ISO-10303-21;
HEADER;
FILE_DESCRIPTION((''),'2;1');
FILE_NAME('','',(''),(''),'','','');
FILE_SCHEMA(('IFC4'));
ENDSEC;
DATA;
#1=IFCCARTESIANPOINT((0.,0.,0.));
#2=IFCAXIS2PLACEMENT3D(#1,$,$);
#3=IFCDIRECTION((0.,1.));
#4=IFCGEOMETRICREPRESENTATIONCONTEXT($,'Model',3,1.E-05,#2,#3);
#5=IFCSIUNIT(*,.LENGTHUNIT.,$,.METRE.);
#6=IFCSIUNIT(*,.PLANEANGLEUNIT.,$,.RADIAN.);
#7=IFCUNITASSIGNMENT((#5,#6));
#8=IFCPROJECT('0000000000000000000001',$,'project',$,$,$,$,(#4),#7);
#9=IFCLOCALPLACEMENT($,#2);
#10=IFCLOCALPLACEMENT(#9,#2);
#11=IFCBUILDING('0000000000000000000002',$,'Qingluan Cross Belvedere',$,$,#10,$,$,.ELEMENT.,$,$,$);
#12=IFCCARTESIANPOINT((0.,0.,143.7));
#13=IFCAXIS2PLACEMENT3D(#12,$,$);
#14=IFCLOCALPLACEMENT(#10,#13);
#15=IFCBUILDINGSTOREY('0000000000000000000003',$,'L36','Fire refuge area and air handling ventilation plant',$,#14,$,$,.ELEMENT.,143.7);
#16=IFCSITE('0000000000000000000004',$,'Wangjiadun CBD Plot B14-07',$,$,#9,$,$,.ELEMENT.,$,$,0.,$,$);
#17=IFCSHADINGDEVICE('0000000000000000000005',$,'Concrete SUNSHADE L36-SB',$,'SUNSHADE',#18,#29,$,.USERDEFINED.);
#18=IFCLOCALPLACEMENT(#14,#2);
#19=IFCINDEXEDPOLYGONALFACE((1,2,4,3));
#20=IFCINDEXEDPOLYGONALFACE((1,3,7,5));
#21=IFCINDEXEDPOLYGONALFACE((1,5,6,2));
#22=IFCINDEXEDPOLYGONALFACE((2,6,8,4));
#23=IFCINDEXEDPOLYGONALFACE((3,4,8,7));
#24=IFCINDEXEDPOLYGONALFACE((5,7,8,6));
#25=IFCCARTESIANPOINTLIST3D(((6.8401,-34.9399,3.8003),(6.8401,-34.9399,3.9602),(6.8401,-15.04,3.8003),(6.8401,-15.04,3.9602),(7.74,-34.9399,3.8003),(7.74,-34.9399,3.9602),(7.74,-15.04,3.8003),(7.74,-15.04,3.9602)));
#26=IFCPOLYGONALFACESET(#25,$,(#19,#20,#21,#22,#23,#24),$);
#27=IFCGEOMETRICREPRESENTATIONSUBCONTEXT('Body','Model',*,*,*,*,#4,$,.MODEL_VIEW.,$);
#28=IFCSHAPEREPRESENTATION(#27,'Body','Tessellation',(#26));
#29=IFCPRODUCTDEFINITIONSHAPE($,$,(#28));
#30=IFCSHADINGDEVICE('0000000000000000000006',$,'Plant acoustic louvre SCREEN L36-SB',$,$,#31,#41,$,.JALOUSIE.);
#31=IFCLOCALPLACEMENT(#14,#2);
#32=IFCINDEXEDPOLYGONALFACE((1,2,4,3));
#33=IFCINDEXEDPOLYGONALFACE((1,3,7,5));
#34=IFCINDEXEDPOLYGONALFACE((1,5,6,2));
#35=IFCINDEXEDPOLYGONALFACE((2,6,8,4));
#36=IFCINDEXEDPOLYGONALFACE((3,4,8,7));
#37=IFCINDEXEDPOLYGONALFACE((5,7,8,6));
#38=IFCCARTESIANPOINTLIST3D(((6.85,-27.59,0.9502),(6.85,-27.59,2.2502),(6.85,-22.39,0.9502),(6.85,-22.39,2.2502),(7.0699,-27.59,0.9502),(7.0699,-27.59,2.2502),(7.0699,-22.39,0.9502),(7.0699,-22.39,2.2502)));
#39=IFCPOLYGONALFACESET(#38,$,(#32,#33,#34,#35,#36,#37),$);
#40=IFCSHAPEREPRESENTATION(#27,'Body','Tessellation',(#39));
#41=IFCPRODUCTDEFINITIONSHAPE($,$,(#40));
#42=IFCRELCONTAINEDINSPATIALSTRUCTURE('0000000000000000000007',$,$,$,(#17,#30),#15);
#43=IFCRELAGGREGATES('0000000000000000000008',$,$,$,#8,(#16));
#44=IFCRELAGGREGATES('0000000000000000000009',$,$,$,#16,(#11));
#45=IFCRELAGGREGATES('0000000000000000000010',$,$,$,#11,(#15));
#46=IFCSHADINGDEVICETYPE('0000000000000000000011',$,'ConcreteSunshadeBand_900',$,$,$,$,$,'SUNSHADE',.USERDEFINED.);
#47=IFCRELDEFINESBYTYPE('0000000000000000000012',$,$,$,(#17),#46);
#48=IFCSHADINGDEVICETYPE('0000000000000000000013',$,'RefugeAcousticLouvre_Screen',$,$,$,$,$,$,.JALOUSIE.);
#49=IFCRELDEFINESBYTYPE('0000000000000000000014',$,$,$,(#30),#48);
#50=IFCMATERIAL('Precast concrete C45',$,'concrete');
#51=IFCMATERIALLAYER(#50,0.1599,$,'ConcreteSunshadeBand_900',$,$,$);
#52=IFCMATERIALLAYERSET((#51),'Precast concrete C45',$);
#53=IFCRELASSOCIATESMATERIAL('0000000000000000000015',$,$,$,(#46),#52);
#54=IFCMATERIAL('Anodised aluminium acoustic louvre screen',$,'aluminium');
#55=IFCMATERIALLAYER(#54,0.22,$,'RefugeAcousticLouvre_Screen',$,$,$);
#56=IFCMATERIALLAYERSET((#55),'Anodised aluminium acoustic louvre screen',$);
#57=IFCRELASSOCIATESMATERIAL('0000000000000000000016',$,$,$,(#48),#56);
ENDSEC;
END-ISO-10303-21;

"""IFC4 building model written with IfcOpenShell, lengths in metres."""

from ifc_helpers import new_model, si_unit, direction, frame, origin, origin_2d, place, context, subcontext, project, spatial, rectangle, extrude, material, layer, layer_set, type_object, element, save


model = new_model("IFC4")

# Units and contexts
model_context = context("Model", 3, precision=1e-05, world=origin(), true_north=direction((0.0, 1.0)))
body_context = subcontext(model_context, "Body", "Model", "MODEL_VIEW")
ifc_project = project(units=[si_unit("LENGTHUNIT", "METRE"), si_unit("PLANEANGLEUNIT", "RADIAN")], contexts=[model_context])

# Site, building, storey
site_placement = place(None, origin())
site = spatial("IfcSite", under=ifc_project, at=site_placement, Name="Wangjiadun CBD Plot B14-07", CompositionType="ELEMENT", RefElevation=0.0)
building_placement = place(site_placement, origin())
building = spatial("IfcBuilding", under=site, at=building_placement, Name="Qingluan Cross Belvedere", CompositionType="ELEMENT")
storey_placement = place(building_placement, frame((0.0, 0.0, 143.7)))
storey = spatial("IfcBuildingStorey", under=building, at=storey_placement, Name="L36", Description="Fire refuge area and air handling ventilation plant", CompositionType="ELEMENT", Elevation=143.7)

# Shading devices
ifc_material_1 = material(Name="Precast concrete C45", Category="concrete")
ifc_layer_1 = layer(ifc_material_1, 0.1599, Name="ConcreteSunshadeBand_900")
ifc_layer_set_1 = layer_set([ifc_layer_1], Name="Precast concrete C45")
shading_device_type_1 = type_object("IfcShadingDeviceType", Name="ConcreteSunshadeBand_900", ElementType="SUNSHADE", PredefinedType="USERDEFINED", material=ifc_layer_set_1)
shading_device_1_placement = place(storey_placement, frame((7.29, -24.99, 3.8003), z_axis=(0.0, 0.0, 1.0), x_axis=(0.0, 1.0, 0.0)))
element("IfcShadingDevice", 1, at=shading_device_1_placement, inside=storey, type_object=shading_device_type_1, Name="Concrete SUNSHADE L36-SB", ObjectType="SUNSHADE", PredefinedType="USERDEFINED", context=body_context, shape_type="SweptSolid", body=[
    extrude(rectangle(XDim=19.8999, YDim=0.8999, at=origin_2d()), origin(), (0.0, 0.0, 1.0), 0.1599),
])
ifc_material_2 = material(Name="Anodised aluminium acoustic louvre screen", Category="aluminium")
ifc_layer_2 = layer(ifc_material_2, 0.22, Name="RefugeAcousticLouvre_Screen")
ifc_layer_set_2 = layer_set([ifc_layer_2], Name="Anodised aluminium acoustic louvre screen")
shading_device_type_2 = type_object("IfcShadingDeviceType", Name="RefugeAcousticLouvre_Screen", PredefinedType="JALOUSIE", material=ifc_layer_set_2)
shading_device_2_placement = place(storey_placement, frame((6.96, -24.99, 0.9502), z_axis=(0.0, 0.0, 1.0), x_axis=(0.0, 1.0, 0.0)))
element("IfcShadingDevice", 2, at=shading_device_2_placement, inside=storey, type_object=shading_device_type_2, Name="Plant acoustic louvre SCREEN L36-SB", PredefinedType="JALOUSIE", context=body_context, shape_type="SweptSolid", body=[
    extrude(rectangle(XDim=5.2, YDim=0.22, at=origin_2d()), origin(), (0.0, 0.0, 1.0), 1.3),
])

save(model, "model.ifc")
